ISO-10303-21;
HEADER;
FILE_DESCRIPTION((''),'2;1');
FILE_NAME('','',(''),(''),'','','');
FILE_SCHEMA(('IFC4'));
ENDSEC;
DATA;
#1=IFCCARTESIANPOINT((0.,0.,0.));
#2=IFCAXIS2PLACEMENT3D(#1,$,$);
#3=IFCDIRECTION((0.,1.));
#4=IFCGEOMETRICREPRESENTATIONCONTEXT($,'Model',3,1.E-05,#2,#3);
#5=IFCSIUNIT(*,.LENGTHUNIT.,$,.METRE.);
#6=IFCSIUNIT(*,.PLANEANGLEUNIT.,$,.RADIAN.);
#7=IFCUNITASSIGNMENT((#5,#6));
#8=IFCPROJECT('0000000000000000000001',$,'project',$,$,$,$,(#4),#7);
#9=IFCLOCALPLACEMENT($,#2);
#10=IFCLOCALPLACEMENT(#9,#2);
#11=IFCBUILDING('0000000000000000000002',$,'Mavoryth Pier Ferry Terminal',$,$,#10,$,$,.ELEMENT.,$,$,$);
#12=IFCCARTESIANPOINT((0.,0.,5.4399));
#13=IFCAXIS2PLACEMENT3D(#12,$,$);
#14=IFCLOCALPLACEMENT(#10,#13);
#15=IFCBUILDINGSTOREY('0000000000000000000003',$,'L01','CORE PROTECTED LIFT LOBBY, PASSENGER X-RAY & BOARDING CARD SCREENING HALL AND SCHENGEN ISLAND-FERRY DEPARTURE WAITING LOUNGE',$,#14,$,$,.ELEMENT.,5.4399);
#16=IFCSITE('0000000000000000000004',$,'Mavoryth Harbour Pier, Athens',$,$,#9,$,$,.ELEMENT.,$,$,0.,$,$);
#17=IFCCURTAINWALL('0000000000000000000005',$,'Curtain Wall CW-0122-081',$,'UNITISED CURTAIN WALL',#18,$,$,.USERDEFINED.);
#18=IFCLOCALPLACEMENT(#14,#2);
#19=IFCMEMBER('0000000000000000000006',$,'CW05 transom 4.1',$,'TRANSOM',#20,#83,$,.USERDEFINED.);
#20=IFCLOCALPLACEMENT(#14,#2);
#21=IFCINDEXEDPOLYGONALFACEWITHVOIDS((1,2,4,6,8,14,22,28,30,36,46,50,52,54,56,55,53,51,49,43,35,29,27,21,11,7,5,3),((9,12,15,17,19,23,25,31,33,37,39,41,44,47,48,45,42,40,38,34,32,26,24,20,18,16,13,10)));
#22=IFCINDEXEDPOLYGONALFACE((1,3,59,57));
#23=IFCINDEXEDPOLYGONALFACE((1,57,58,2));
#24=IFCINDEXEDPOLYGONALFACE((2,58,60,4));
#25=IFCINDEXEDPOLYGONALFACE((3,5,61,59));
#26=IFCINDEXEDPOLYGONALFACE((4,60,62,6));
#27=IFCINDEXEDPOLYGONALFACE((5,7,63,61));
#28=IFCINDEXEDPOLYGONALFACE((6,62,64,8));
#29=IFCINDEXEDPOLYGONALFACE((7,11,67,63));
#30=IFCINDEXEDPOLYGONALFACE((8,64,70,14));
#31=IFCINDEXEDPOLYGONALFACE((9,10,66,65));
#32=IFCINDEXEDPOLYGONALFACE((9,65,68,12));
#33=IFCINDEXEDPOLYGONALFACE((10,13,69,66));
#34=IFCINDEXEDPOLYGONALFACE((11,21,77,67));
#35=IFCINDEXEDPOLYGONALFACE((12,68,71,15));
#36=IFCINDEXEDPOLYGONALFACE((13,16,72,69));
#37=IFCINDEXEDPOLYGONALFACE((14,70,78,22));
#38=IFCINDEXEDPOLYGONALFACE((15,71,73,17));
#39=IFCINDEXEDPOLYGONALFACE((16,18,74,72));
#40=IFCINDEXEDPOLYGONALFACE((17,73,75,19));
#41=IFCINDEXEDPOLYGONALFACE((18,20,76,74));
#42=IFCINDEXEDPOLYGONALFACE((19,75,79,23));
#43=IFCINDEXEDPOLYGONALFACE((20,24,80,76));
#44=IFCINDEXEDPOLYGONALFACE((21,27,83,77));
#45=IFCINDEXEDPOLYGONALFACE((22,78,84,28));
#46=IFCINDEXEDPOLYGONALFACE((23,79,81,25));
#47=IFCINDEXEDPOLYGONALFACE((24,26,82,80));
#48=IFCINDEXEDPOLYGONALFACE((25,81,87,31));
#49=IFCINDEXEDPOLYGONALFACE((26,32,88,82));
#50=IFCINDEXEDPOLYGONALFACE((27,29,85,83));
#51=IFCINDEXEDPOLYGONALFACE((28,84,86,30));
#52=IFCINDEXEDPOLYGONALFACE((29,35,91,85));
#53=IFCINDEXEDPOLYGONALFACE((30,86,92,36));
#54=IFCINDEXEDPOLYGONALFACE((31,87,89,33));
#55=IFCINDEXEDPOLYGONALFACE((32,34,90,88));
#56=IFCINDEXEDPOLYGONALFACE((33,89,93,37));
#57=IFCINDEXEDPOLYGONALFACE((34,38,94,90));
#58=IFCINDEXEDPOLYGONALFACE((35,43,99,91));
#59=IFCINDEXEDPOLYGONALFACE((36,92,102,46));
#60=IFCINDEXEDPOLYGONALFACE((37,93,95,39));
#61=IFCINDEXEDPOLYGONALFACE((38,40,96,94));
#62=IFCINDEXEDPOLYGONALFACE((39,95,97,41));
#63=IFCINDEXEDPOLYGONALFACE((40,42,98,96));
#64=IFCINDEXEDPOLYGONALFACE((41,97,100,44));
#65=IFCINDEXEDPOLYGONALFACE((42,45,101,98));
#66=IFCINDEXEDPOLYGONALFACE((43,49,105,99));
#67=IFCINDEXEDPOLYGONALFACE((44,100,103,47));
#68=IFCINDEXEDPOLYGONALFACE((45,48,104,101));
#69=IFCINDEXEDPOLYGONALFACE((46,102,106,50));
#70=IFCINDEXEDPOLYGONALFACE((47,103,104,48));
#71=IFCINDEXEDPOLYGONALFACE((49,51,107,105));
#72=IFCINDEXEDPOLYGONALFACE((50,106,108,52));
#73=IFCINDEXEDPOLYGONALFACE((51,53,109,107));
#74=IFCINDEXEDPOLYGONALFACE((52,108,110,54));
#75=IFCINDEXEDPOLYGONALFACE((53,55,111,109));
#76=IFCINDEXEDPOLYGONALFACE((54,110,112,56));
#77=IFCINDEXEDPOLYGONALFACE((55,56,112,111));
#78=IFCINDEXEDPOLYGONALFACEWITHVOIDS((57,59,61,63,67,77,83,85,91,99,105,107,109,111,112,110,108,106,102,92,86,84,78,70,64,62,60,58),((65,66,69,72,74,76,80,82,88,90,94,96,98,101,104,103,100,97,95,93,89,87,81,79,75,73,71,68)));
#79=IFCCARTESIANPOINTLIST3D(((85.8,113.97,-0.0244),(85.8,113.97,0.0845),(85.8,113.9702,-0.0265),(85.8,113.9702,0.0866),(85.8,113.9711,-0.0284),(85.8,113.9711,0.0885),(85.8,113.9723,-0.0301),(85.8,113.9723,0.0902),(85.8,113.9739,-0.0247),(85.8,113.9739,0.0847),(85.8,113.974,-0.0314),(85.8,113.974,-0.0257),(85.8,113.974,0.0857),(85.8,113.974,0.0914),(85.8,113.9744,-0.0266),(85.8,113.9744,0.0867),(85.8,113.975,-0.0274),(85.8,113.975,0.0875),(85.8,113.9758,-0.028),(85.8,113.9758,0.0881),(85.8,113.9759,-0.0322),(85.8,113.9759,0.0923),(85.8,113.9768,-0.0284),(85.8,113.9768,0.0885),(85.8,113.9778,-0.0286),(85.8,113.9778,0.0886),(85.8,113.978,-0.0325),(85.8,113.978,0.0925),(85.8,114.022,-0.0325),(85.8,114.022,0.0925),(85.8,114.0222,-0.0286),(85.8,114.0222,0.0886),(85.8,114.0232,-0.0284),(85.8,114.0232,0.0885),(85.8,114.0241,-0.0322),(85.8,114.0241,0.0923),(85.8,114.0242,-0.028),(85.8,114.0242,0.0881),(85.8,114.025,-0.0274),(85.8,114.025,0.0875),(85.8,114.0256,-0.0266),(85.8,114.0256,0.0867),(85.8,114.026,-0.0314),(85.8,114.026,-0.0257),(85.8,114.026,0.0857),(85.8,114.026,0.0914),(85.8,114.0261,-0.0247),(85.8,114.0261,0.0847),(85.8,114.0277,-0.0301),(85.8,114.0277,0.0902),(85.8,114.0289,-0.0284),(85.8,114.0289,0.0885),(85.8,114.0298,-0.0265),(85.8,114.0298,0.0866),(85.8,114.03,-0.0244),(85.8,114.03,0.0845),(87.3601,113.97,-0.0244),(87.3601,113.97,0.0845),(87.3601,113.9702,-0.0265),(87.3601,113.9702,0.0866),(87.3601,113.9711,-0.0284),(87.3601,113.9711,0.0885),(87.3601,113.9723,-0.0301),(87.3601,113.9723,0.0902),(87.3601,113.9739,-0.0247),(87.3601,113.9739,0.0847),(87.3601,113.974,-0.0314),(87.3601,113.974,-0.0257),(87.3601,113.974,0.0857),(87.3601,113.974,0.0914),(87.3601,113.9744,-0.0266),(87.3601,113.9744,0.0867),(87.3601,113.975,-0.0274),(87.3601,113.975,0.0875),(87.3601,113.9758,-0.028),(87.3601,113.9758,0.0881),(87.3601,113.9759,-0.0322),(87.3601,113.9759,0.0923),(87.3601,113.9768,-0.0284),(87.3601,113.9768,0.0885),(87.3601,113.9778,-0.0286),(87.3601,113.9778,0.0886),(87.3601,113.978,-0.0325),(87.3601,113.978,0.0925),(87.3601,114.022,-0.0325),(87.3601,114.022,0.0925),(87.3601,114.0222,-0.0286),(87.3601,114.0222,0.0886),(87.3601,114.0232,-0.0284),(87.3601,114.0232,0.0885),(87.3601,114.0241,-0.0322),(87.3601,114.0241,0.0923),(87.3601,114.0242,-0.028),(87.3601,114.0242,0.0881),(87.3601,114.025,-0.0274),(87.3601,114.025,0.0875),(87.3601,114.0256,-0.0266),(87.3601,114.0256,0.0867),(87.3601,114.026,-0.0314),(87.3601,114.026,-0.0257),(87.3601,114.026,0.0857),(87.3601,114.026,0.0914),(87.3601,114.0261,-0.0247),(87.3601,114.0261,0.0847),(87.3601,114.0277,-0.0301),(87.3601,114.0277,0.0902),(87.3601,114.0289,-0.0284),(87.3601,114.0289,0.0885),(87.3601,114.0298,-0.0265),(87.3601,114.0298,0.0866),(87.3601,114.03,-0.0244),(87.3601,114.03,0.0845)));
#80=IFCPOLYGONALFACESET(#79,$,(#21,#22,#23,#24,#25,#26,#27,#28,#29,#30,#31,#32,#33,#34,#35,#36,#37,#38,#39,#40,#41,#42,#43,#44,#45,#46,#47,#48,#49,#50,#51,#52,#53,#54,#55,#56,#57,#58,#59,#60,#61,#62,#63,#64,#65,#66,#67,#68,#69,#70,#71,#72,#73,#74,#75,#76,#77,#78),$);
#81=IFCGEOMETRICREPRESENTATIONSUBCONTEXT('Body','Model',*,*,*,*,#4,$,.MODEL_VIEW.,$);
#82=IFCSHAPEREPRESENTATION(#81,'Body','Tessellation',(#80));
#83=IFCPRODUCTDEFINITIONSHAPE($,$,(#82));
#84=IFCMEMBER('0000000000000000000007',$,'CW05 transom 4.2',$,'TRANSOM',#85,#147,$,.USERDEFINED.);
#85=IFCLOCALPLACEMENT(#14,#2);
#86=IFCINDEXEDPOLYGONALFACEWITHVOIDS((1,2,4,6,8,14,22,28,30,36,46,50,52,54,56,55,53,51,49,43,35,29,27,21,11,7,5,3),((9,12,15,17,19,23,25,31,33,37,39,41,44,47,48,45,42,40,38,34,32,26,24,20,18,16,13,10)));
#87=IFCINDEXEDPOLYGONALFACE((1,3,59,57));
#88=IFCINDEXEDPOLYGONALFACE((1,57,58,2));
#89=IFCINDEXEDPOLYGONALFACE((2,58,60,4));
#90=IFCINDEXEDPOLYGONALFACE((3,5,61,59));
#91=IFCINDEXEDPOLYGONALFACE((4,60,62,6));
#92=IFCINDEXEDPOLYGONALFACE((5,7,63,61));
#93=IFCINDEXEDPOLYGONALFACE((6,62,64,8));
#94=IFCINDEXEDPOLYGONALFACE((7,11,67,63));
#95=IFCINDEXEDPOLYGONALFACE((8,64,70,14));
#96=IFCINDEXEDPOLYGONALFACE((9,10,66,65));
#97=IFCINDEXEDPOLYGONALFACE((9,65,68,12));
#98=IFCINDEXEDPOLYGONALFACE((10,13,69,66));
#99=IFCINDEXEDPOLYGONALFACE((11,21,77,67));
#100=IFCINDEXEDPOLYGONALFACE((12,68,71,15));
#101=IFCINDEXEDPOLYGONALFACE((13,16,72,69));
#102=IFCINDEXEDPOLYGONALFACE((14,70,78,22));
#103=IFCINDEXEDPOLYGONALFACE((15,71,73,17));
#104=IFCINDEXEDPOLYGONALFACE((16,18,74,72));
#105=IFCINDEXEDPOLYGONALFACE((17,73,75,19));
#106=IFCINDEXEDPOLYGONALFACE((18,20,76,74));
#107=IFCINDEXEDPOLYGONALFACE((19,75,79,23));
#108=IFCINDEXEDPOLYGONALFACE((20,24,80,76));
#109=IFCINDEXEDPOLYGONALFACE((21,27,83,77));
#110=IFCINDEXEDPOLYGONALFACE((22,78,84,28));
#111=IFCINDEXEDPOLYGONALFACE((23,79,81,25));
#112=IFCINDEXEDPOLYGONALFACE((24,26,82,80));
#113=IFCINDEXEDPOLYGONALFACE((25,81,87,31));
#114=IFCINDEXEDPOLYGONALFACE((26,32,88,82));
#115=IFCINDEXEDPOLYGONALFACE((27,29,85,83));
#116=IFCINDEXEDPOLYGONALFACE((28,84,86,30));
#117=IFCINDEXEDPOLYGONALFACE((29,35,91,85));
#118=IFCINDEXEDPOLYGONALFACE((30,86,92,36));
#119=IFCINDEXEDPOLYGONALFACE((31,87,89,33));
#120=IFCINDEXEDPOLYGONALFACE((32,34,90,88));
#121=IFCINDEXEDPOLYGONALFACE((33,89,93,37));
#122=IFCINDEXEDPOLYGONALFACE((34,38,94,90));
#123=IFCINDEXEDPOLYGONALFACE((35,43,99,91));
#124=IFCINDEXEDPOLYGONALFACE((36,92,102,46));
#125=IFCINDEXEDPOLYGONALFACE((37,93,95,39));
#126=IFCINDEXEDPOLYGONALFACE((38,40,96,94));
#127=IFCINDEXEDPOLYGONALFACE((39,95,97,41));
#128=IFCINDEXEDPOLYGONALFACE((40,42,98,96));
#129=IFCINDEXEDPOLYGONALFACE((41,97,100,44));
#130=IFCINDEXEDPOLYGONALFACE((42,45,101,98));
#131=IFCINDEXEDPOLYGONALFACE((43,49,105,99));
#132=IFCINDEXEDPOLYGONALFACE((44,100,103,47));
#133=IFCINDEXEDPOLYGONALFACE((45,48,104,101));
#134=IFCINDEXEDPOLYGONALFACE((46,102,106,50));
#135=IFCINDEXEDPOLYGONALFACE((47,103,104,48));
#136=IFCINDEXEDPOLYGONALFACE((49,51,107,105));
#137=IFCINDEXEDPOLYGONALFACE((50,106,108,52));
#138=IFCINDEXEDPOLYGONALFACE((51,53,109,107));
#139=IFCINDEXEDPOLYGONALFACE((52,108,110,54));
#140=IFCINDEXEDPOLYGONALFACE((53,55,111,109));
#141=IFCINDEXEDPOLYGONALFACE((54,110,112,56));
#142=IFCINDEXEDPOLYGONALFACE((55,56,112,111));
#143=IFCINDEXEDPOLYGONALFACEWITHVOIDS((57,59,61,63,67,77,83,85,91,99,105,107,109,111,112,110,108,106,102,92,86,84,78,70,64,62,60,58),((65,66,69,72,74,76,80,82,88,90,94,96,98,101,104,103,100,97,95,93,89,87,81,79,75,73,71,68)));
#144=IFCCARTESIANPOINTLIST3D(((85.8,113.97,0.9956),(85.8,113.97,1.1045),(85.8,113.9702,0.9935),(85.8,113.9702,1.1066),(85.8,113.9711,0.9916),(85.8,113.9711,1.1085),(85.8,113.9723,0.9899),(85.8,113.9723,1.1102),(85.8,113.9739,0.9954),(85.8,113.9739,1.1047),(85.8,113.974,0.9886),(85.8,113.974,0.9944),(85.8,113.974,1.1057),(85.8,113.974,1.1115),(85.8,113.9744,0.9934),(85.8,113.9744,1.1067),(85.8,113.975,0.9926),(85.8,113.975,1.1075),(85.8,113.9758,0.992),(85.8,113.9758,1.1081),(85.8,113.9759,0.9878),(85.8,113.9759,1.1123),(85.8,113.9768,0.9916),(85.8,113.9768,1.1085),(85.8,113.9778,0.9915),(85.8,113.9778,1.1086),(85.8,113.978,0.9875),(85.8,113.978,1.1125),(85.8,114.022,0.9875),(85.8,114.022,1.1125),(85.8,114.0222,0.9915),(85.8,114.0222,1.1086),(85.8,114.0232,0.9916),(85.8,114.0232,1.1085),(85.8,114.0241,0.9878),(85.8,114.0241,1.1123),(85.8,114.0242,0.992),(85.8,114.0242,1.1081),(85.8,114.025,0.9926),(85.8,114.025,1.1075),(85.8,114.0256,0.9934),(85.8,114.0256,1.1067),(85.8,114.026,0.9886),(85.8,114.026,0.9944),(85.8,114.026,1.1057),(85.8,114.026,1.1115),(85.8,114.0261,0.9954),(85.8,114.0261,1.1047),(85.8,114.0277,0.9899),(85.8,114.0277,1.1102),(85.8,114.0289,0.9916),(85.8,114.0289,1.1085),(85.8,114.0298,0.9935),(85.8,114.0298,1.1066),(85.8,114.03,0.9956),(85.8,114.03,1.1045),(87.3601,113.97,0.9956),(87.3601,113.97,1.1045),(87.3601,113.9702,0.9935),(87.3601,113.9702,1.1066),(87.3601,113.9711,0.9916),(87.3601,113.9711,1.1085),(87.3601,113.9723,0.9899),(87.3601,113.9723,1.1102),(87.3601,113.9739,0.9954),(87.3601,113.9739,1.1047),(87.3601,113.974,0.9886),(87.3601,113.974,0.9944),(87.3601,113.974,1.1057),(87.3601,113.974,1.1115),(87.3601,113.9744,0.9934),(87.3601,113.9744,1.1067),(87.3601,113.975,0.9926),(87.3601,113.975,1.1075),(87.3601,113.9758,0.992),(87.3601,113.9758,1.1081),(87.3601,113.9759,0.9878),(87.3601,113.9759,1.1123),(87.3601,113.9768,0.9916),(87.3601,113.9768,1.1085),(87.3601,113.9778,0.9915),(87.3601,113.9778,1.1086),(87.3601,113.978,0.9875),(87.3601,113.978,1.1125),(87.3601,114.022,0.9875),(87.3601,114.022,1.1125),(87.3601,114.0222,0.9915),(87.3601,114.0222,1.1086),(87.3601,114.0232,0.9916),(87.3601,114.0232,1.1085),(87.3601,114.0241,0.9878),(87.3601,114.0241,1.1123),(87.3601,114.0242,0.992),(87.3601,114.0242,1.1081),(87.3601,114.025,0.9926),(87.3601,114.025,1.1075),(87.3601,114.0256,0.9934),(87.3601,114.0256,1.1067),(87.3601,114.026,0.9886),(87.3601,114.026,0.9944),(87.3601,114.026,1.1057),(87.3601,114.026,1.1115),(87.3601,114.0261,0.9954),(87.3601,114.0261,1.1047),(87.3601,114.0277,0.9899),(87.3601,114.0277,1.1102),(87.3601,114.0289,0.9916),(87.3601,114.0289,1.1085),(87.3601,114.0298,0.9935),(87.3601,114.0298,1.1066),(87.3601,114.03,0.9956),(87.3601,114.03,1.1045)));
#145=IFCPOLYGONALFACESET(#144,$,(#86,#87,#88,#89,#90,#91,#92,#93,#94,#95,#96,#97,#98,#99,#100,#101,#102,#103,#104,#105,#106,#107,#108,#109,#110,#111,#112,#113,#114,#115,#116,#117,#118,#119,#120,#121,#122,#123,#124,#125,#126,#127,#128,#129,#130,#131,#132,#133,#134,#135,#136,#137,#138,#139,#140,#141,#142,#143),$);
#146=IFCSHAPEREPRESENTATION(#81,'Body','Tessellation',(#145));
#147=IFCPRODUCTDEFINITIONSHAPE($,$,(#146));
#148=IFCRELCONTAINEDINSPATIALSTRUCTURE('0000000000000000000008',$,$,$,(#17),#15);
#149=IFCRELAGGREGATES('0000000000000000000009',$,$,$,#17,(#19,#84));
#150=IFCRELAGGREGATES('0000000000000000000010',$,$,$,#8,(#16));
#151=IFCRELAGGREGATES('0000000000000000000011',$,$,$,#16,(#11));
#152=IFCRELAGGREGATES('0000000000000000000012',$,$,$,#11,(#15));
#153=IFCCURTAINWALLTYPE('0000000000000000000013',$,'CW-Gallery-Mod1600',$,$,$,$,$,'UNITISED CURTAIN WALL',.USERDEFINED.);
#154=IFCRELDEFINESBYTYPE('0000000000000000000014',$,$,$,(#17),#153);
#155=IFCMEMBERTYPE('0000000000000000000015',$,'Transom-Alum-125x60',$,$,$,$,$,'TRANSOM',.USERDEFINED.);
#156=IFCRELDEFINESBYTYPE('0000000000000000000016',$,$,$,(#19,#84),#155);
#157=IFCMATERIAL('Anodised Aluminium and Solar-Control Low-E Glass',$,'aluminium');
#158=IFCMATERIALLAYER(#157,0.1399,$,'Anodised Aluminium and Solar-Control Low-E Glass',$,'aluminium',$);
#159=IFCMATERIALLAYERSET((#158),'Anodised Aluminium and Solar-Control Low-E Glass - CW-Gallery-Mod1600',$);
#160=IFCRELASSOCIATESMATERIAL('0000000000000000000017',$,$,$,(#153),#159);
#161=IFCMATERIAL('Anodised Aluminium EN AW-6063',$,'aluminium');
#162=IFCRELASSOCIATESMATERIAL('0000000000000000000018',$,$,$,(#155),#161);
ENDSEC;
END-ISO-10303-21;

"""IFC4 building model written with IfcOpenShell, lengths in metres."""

from ifc_helpers import new_model, si_unit, direction, frame, origin, origin_2d, place, context, subcontext, project, spatial, hollow_rectangle, extrude, material, layer, layer_set, material_profile, profile_set, type_object, element, aggregate, save


model = new_model("IFC4")

# Units and contexts
model_context = context("Model", 3, precision=1e-05, world=origin(), true_north=direction((0.0, 1.0)))
body_context = subcontext(model_context, "Body", "Model", "MODEL_VIEW")
ifc_project = project(units=[si_unit("LENGTHUNIT", "METRE"), si_unit("PLANEANGLEUNIT", "RADIAN")], contexts=[model_context])

# Site, building, storey
site_placement = place(None, origin())
site = spatial("IfcSite", under=ifc_project, at=site_placement, Name="Mavoryth Harbour Pier, Athens", CompositionType="ELEMENT", RefElevation=0.0)
building_placement = place(site_placement, origin())
building = spatial("IfcBuilding", under=site, at=building_placement, Name="Mavoryth Pier Ferry Terminal", CompositionType="ELEMENT")
storey_placement = place(building_placement, frame((0.0, 0.0, 5.4399)))
storey = spatial("IfcBuildingStorey", under=building, at=storey_placement, Name="L01", Description="CORE PROTECTED LIFT LOBBY, PASSENGER X-RAY & BOARDING CARD SCREENING HALL AND SCHENGEN ISLAND-FERRY DEPARTURE WAITING LOUNGE", CompositionType="ELEMENT", Elevation=5.4399)

# Curtain wall, members
ifc_material_1 = material(Name="Anodised Aluminium and Solar-Control Low-E Glass", Category="aluminium")
ifc_layer_1 = layer(ifc_material_1, 0.1399, Name="Anodised Aluminium and Solar-Control Low-E Glass", Category="aluminium")
ifc_layer_set_1 = layer_set([ifc_layer_1], Name="Anodised Aluminium and Solar-Control Low-E Glass - CW-Gallery-Mod1600")
curtain_wall_type = type_object("IfcCurtainWallType", Name="CW-Gallery-Mod1600", ElementType="UNITISED CURTAIN WALL", PredefinedType="USERDEFINED", material=ifc_layer_set_1)
curtain_wall_placement = place(storey_placement, origin())
curtain_wall = element("IfcCurtainWall", 1, at=curtain_wall_placement, inside=storey, type_object=curtain_wall_type, Name="Curtain Wall CW-0122-081", ObjectType="UNITISED CURTAIN WALL", PredefinedType="USERDEFINED")
ifc_material_2 = material(Name="Anodised Aluminium EN AW-6063", Category="aluminium")
ifc_material_profile_1 = material_profile(ifc_material_2, hollow_rectangle(XDim=0.0601, YDim=0.125, WallThickness=0.0039, InnerFilletRadius=0.0039, OuterFilletRadius=0.0081, at=origin_2d()), Name="AL-TRAN 125x60x4", Category="aluminium")
ifc_profile_set_1 = profile_set([ifc_material_profile_1], Name="Anodised Aluminium EN AW-6063 - AL-TRAN 125x60x4")
member_type_1 = type_object("IfcMemberType", Name="Transom-Alum-125x60", ElementType="TRANSOM", PredefinedType="USERDEFINED", material=ifc_profile_set_1)
member_1_placement = place(storey_placement, frame((87.3601, 114.0, 0.03), z_axis=(-1.0, 0.0, 0.0), x_axis=(0.0, -1.0, 0.0)))
member_1 = element("IfcMember", 2, at=member_1_placement, type_object=member_type_1, Name="CW05 transom 4.1", ObjectType="TRANSOM", PredefinedType="USERDEFINED", context=body_context, shape_type="SweptSolid", body=[
    extrude(hollow_rectangle(XDim=0.0601, YDim=0.125, WallThickness=0.0039, InnerFilletRadius=0.0039, OuterFilletRadius=0.0081, at=origin_2d()), origin(), (0.0, 0.0, 1.0), 1.5601),
])
member_2_placement = place(storey_placement, frame((87.3601, 114.0, 1.05), z_axis=(-1.0, 0.0, 0.0), x_axis=(0.0, -1.0, 0.0)))
member_2 = element("IfcMember", 3, at=member_2_placement, type_object=member_type_1, Name="CW05 transom 4.2", ObjectType="TRANSOM", PredefinedType="USERDEFINED", context=body_context, shape_type="SweptSolid", body=[
    extrude(hollow_rectangle(XDim=0.0601, YDim=0.125, WallThickness=0.0039, InnerFilletRadius=0.0039, OuterFilletRadius=0.0081, at=origin_2d()), origin(), (0.0, 0.0, 1.0), 1.5601),
])
aggregate(curtain_wall, [member_1, member_2])

save(model, "model.ifc")
